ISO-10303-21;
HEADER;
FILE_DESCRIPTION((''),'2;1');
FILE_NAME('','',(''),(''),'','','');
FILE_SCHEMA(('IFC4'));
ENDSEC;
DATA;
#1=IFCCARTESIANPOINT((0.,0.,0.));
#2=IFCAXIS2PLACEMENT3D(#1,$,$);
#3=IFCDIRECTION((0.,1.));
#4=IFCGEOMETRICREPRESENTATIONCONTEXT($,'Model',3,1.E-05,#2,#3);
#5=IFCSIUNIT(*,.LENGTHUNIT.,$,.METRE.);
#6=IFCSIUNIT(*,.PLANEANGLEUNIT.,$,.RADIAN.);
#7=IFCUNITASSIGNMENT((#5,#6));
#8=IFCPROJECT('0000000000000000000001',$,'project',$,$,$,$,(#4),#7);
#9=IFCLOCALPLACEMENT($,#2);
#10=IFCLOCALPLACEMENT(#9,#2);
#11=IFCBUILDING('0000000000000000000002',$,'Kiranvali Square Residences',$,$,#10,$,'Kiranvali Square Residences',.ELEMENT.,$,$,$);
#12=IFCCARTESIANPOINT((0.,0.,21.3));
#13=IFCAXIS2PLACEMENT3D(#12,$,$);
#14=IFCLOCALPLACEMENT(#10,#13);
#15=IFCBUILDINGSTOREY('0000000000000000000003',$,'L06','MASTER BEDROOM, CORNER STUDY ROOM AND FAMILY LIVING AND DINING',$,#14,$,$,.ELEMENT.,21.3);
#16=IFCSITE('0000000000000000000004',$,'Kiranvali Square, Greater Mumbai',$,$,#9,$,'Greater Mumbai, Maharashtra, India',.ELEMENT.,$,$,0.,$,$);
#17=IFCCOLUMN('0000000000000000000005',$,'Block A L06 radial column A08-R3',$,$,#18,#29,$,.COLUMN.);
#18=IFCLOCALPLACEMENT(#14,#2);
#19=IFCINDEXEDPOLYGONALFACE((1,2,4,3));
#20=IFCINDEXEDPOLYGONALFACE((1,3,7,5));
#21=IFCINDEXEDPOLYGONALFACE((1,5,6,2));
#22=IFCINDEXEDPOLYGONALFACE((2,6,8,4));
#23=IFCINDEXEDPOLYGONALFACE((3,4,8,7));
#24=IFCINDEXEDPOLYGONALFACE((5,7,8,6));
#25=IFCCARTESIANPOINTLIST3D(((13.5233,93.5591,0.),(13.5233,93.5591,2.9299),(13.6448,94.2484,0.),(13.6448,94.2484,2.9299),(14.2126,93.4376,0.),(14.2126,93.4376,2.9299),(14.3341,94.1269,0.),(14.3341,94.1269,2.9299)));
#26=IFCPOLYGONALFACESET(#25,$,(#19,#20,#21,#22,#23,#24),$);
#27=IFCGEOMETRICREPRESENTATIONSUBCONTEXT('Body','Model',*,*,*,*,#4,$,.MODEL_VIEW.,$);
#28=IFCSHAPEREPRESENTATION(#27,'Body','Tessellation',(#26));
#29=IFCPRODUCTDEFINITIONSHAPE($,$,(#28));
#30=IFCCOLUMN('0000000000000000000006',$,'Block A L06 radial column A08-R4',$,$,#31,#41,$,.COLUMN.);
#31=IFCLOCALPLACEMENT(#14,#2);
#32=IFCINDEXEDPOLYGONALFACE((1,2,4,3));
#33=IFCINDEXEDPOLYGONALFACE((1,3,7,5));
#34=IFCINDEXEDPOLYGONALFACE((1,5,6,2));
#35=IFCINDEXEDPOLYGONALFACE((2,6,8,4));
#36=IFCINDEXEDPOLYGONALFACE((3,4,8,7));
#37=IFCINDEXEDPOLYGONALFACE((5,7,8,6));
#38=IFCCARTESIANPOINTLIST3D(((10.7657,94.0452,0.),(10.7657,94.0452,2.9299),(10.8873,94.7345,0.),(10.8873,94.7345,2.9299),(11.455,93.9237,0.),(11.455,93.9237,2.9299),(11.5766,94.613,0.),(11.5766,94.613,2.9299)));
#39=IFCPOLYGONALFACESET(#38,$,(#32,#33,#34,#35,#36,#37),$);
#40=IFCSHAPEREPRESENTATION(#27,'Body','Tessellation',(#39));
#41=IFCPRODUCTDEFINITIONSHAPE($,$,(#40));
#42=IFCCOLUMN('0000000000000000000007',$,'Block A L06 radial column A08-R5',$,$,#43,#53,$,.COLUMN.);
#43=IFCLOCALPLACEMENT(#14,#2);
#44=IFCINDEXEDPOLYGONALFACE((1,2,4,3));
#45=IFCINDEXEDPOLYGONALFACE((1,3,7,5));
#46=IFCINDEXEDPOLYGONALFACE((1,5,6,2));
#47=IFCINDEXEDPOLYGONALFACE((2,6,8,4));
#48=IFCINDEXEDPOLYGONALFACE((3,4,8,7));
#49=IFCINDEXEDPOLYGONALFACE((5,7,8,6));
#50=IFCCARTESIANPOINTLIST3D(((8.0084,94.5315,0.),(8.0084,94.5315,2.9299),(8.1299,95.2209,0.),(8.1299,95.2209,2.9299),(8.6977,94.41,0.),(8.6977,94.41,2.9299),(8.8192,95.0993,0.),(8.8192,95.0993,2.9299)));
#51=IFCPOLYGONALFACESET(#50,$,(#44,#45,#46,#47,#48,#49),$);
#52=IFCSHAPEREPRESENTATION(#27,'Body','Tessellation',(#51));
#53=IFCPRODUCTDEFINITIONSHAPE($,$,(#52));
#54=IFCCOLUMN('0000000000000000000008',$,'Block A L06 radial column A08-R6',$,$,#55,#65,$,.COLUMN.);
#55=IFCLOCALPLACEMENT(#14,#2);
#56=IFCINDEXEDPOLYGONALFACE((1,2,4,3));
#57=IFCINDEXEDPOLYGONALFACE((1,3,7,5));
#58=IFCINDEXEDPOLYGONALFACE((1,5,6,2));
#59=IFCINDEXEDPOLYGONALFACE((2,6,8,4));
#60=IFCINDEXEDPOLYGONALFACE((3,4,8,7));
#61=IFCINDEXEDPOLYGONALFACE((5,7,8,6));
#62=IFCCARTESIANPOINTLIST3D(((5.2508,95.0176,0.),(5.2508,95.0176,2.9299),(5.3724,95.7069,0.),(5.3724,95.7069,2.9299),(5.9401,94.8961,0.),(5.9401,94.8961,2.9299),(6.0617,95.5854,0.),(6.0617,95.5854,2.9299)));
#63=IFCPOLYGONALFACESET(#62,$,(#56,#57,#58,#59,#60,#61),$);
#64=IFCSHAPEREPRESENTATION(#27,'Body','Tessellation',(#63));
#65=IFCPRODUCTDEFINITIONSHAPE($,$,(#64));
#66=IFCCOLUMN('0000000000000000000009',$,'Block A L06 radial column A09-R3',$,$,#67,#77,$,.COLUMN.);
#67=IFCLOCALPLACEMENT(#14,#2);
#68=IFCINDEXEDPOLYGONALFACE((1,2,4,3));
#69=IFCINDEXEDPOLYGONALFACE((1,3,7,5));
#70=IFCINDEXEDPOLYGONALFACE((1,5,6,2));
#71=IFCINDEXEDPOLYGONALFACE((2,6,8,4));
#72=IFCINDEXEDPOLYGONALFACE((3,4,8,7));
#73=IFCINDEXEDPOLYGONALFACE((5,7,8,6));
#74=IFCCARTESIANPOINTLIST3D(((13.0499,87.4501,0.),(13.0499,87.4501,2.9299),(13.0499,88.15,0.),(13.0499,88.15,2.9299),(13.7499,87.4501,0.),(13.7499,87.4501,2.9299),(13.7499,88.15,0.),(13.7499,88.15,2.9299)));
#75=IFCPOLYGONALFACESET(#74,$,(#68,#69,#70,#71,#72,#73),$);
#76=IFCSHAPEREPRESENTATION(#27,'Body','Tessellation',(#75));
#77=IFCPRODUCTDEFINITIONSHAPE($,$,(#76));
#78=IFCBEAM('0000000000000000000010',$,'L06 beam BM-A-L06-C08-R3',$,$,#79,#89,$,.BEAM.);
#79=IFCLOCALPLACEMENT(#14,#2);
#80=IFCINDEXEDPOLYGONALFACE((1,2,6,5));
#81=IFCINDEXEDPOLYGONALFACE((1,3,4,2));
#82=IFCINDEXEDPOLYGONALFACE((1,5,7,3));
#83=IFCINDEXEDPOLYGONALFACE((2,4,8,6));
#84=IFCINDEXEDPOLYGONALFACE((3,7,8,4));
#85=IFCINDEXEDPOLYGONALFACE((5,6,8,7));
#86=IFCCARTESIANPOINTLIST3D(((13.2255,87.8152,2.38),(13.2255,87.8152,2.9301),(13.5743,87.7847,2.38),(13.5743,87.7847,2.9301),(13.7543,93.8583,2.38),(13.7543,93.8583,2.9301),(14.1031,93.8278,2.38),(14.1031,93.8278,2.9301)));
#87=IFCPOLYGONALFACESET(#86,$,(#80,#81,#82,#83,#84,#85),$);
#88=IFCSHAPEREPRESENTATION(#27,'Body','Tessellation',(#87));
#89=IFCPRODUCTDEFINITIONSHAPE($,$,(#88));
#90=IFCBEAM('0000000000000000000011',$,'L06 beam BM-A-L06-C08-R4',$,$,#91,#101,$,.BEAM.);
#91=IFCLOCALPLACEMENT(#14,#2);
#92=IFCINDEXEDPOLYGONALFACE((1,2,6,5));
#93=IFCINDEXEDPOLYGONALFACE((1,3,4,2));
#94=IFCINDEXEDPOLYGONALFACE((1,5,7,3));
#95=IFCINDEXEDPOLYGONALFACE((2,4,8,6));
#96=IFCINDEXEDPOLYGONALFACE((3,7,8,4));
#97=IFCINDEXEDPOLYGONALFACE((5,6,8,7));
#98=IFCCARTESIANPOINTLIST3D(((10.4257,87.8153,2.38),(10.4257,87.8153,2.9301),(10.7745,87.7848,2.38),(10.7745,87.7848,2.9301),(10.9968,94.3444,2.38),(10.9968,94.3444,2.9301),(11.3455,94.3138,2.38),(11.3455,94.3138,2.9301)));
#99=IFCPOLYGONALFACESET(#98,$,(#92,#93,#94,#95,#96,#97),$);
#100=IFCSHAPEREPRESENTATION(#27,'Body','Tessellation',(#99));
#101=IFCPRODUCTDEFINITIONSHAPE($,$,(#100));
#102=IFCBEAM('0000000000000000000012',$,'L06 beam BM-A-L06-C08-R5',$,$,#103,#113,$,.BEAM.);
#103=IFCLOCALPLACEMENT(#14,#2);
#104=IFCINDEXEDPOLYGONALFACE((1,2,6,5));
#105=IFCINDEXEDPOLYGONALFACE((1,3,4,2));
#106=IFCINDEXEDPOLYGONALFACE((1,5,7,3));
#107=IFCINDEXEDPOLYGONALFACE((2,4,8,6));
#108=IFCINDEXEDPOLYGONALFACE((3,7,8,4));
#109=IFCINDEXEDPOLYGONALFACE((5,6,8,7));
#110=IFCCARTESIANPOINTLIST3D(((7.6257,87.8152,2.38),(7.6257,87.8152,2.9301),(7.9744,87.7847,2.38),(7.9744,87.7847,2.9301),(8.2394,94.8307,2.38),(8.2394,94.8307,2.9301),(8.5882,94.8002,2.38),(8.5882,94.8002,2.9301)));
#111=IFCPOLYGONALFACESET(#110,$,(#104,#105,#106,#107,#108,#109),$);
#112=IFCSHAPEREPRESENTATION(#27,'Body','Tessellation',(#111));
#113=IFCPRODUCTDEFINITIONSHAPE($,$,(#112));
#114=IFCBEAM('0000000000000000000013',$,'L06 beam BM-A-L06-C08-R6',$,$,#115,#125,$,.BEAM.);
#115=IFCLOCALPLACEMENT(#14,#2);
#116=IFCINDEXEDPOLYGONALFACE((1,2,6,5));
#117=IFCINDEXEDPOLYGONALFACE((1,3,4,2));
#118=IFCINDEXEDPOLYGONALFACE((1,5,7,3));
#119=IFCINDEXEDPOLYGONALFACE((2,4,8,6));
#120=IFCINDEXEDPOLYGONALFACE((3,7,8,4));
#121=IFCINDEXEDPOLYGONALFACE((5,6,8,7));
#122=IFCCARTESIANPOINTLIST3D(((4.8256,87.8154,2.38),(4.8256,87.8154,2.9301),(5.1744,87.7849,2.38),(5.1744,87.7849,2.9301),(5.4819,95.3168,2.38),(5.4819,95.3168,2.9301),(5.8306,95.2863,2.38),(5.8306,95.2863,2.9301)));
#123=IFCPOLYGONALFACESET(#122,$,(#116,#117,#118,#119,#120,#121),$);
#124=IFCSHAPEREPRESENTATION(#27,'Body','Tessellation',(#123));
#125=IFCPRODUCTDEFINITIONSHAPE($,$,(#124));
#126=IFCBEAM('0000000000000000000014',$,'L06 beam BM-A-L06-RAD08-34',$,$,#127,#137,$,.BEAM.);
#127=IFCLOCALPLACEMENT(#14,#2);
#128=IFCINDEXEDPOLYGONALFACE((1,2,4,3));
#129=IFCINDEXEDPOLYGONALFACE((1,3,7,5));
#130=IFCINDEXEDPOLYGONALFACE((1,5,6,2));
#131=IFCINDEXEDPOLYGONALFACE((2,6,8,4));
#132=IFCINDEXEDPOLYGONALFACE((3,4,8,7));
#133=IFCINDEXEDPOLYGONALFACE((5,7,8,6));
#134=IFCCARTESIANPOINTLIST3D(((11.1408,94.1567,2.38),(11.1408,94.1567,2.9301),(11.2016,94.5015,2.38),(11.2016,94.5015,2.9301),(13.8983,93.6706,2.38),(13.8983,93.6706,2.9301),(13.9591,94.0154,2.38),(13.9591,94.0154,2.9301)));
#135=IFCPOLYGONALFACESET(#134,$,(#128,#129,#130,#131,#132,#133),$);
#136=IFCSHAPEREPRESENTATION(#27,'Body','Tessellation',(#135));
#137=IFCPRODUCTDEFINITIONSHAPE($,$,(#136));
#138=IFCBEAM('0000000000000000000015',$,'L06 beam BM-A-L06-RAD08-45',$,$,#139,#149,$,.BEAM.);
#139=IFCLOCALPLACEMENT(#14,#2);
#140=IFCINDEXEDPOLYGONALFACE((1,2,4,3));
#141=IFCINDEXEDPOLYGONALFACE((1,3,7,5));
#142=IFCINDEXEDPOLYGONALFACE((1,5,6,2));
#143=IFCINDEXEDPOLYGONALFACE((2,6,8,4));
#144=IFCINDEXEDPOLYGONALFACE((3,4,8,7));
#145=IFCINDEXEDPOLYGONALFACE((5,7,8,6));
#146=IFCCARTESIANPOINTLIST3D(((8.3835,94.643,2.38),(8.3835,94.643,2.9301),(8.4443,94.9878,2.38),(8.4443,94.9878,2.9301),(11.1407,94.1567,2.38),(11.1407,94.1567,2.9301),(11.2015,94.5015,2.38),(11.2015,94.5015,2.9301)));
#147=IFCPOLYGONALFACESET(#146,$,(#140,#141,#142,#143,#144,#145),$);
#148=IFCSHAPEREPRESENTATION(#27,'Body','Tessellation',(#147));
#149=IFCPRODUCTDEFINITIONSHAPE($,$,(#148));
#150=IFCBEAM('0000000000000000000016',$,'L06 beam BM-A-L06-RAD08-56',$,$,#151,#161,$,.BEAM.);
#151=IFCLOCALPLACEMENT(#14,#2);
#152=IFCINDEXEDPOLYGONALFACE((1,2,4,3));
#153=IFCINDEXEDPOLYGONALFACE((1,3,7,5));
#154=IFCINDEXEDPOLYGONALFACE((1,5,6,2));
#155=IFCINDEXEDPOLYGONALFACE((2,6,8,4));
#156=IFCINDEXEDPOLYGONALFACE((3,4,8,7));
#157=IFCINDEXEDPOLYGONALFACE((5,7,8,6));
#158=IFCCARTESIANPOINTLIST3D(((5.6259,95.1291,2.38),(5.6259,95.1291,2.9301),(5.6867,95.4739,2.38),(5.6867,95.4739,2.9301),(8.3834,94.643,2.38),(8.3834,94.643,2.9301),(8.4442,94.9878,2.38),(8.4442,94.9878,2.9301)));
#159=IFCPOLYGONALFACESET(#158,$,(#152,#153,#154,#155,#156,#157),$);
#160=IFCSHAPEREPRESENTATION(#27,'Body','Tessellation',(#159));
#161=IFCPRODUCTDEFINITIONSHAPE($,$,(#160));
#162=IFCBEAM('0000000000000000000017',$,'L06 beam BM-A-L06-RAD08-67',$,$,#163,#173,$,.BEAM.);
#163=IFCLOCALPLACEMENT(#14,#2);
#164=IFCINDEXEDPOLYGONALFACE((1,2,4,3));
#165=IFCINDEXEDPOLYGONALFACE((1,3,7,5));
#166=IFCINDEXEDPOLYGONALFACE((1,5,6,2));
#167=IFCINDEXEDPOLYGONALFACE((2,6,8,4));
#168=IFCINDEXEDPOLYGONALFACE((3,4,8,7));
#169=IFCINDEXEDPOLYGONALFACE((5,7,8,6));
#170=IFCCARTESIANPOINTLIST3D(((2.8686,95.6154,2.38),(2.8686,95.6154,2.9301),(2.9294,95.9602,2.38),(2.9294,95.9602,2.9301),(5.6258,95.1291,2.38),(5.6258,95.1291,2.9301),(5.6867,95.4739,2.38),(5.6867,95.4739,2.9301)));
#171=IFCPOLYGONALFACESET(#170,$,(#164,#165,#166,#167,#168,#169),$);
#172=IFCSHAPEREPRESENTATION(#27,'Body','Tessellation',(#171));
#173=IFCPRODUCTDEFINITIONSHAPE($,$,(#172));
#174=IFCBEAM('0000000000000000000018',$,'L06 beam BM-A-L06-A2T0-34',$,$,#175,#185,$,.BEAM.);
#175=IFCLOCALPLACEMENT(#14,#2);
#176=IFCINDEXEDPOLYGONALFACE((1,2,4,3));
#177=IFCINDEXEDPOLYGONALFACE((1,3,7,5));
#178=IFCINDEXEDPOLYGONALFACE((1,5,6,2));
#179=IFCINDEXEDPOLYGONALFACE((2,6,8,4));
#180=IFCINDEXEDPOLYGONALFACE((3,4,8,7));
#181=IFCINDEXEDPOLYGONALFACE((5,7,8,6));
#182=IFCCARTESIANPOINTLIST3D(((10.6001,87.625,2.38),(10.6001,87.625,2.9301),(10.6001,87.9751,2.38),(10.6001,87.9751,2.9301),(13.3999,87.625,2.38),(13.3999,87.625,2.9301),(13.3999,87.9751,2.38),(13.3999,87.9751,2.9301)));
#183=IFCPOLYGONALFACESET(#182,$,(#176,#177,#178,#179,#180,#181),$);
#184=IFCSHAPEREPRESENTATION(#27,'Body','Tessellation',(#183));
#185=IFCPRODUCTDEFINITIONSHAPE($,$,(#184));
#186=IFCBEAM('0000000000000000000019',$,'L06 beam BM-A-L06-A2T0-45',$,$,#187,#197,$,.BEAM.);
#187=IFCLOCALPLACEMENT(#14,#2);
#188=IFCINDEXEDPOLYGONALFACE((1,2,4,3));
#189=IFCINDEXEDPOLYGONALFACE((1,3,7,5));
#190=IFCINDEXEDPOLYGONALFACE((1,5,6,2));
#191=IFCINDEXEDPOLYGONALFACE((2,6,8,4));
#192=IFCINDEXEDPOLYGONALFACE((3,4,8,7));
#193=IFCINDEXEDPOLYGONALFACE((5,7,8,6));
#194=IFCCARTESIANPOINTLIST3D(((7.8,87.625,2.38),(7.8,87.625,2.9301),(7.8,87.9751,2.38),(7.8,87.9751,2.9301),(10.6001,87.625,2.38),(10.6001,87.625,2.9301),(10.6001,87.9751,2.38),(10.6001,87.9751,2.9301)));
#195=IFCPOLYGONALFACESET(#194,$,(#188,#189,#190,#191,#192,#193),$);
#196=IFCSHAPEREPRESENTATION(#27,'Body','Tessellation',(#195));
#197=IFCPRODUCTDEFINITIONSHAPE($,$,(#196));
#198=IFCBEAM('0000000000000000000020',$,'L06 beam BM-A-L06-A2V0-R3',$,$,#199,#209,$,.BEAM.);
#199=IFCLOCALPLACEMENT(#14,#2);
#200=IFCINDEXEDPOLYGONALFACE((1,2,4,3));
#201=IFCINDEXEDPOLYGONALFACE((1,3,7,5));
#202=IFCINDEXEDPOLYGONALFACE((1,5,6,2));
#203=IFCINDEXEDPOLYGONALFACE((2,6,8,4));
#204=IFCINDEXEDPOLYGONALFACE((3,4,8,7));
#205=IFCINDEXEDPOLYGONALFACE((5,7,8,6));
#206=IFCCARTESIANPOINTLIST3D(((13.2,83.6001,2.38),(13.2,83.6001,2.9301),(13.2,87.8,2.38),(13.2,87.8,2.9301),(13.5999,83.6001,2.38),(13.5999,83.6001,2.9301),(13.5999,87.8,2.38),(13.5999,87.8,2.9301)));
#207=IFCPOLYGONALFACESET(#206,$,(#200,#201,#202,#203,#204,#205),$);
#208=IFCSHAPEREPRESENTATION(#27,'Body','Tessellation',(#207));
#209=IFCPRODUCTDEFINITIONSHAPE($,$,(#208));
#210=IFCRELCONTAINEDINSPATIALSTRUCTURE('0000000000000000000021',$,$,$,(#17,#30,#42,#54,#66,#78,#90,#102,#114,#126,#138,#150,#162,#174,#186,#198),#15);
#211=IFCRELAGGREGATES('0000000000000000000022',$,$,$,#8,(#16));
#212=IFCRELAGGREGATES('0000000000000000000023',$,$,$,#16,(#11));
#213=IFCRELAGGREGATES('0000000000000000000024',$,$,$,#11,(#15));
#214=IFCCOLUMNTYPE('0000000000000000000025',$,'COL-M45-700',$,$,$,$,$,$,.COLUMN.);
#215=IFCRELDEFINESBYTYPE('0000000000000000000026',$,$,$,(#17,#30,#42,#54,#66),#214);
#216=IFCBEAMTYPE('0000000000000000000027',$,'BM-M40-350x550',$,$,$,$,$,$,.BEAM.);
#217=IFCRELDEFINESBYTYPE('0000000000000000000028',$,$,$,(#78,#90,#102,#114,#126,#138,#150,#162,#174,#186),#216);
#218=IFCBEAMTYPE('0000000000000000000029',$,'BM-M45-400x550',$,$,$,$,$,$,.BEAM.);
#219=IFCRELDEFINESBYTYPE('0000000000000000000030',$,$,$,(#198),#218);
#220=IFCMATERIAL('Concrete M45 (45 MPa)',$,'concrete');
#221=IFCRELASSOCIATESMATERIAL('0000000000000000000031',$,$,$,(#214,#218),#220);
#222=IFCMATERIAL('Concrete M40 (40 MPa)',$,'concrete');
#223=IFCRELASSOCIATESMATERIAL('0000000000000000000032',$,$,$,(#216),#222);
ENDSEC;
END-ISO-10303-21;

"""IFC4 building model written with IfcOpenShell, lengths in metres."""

from ifc_helpers import new_model, si_unit, direction, frame, origin, origin_2d, place, context, subcontext, project, spatial, rectangle, extrude, material, material_profile, profile_set, type_object, element, save


model = new_model("IFC4")

# Units and contexts
model_context = context("Model", 3, precision=1e-05, world=origin(), true_north=direction((0.0, 1.0)))
body_context = subcontext(model_context, "Body", "Model", "MODEL_VIEW")
ifc_project = project(units=[si_unit("LENGTHUNIT", "METRE"), si_unit("PLANEANGLEUNIT", "RADIAN")], contexts=[model_context])

# Site, building, storey
site_placement = place(None, origin())
site = spatial("IfcSite", under=ifc_project, at=site_placement, Name="Kiranvali Square, Greater Mumbai", LongName="Greater Mumbai, Maharashtra, India", CompositionType="ELEMENT", RefElevation=0.0)
building_placement = place(site_placement, origin())
building = spatial("IfcBuilding", under=site, at=building_placement, Name="Kiranvali Square Residences", LongName="Kiranvali Square Residences", CompositionType="ELEMENT")
storey_placement = place(building_placement, frame((0.0, 0.0, 21.3)))
storey = spatial("IfcBuildingStorey", under=building, at=storey_placement, Name="L06", Description="MASTER BEDROOM, CORNER STUDY ROOM AND FAMILY LIVING AND DINING", CompositionType="ELEMENT", Elevation=21.3)

# Columns
ifc_material_1 = material(Name="Concrete M45 (45 MPa)", Category="concrete")
ifc_material_profile_1 = material_profile(ifc_material_1, rectangle(XDim=0.7, YDim=0.7, at=origin_2d()), Name="RC 700x700")
ifc_profile_set_1 = profile_set([ifc_material_profile_1], Name="Concrete M45 (45 MPa)")
column_type = type_object("IfcColumnType", Name="COL-M45-700", PredefinedType="COLUMN", material=ifc_profile_set_1)
for number, where, z_axis, x_axis, name in (
    (1, (13.9287, 93.843, 0.0), (0.0, 0.0, 1.0), (0.173648, 0.984808, 0.0), "Block A L06 radial column A08-R3"),
    (2, (11.1711, 94.3291, 0.0), (0.0, 0.0, 1.0), (0.173648, 0.984808, 0.0), "Block A L06 radial column A08-R4"),
    (3, (8.4138, 94.8154, 0.0), (0.0, 0.0, 1.0), (0.173648, 0.984808, 0.0), "Block A L06 radial column A08-R5"),
    (4, (5.6562, 95.3015, 0.0), (0.0, 0.0, 1.0), (0.173648, 0.984808, 0.0), "Block A L06 radial column A08-R6"),
    (5, (13.3999, 87.8, 0.0), (0.0, 0.0, 1.0), (0.0, 1.0, 0.0), "Block A L06 radial column A09-R3"),
):
    element("IfcColumn", number, at=place(storey_placement, frame(where, z_axis=z_axis, x_axis=x_axis)), inside=storey, type_object=column_type, Name=name, PredefinedType="COLUMN", context=body_context, shape_type="SweptSolid", body=[
        extrude(rectangle(XDim=0.7, YDim=0.7, at=origin_2d()), origin(), (0.0, 0.0, 1.0), 2.9299),
    ])

# Beams
ifc_material_2 = material(Name="Concrete M40 (40 MPa)", Category="concrete")
ifc_material_profile_2 = material_profile(ifc_material_2, rectangle(XDim=0.3501, YDim=0.55, at=origin_2d()), Name="RC 350x550")
ifc_profile_set_2 = profile_set([ifc_material_profile_2], Name="Concrete M40 (40 MPa)")
beam_type_1 = type_object("IfcBeamType", Name="BM-M40-350x550", PredefinedType="BEAM", material=ifc_profile_set_2)
beam_1_placement = place(storey_placement, frame((13.9287, 93.843, 2.655), z_axis=(-0.087175, -0.996193, 0.0), x_axis=(0.996193, -0.087175, 0.0)))
element("IfcBeam", 6, at=beam_1_placement, inside=storey, type_object=beam_type_1, Name="L06 beam BM-A-L06-C08-R3", PredefinedType="BEAM", context=body_context, shape_type="SweptSolid", body=[
    extrude(rectangle(XDim=0.3501, YDim=0.55, at=origin_2d()), origin(), (0.0, 0.0, 1.0), 6.0662),
])
beam_2_placement = place(storey_placement, frame((11.1711, 94.3291, 2.655), z_axis=(-0.08713, -0.996197, 0.0), x_axis=(0.996197, -0.08713, 0.0)))
element("IfcBeam", 7, at=beam_2_placement, inside=storey, type_object=beam_type_1, Name="L06 beam BM-A-L06-C08-R4", PredefinedType="BEAM", context=body_context, shape_type="SweptSolid", body=[
    extrude(rectangle(XDim=0.3501, YDim=0.55, at=origin_2d()), origin(), (0.0, 0.0, 1.0), 6.554),
])
beam_3_placement = place(storey_placement, frame((8.4138, 94.8154, 2.655), z_axis=(-0.087156, -0.996195, 0.0), x_axis=(0.996195, -0.087156, 0.0)))
element("IfcBeam", 8, at=beam_3_placement, inside=storey, type_object=beam_type_1, Name="L06 beam BM-A-L06-C08-R5", PredefinedType="BEAM", context=body_context, shape_type="SweptSolid", body=[
    extrude(rectangle(XDim=0.3501, YDim=0.55, at=origin_2d()), origin(), (0.0, 0.0, 1.0), 7.0422),
])
beam_4_placement = place(storey_placement, frame((5.6562, 95.3015, 2.655), z_axis=(-0.08715, -0.996195, 0.0), x_axis=(0.996195, -0.08715, 0.0)))
element("IfcBeam", 9, at=beam_4_placement, inside=storey, type_object=beam_type_1, Name="L06 beam BM-A-L06-C08-R6", PredefinedType="BEAM", context=body_context, shape_type="SweptSolid", body=[
    extrude(rectangle(XDim=0.3501, YDim=0.55, at=origin_2d()), origin(), (0.0, 0.0, 1.0), 7.53),
])
beam_5_placement = place(storey_placement, frame((13.9287, 93.843, 2.655), z_axis=(-0.984817, 0.173596, 0.0), x_axis=(-0.173596, -0.984817, 0.0)))
element("IfcBeam", 10, at=beam_5_placement, inside=storey, type_object=beam_type_1, Name="L06 beam BM-A-L06-RAD08-34", PredefinedType="BEAM", context=body_context, shape_type="SweptSolid", body=[
    extrude(rectangle(XDim=0.3501, YDim=0.55, at=origin_2d()), origin(), (0.0, 0.0, 1.0), 2.8),
])
beam_6_placement = place(storey_placement, frame((11.1711, 94.3291, 2.655), z_axis=(-0.984799, 0.173696, 0.0), x_axis=(-0.173696, -0.984799, 0.0)))
element("IfcBeam", 11, at=beam_6_placement, inside=storey, type_object=beam_type_1, Name="L06 beam BM-A-L06-RAD08-45", PredefinedType="BEAM", context=body_context, shape_type="SweptSolid", body=[
    extrude(rectangle(XDim=0.3501, YDim=0.55, at=origin_2d()), origin(), (0.0, 0.0, 1.0), 2.7998),
])
beam_7_placement = place(storey_placement, frame((8.4138, 94.8154, 2.655), z_axis=(-0.984817, 0.173596, 0.0), x_axis=(-0.173596, -0.984817, 0.0)))
element("IfcBeam", 12, at=beam_7_placement, inside=storey, type_object=beam_type_1, Name="L06 beam BM-A-L06-RAD08-56", PredefinedType="BEAM", context=body_context, shape_type="SweptSolid", body=[
    extrude(rectangle(XDim=0.3501, YDim=0.55, at=origin_2d()), origin(), (0.0, 0.0, 1.0), 2.8),
])
for number, where, z_axis, x_axis, name in (
    (13, (5.6562, 95.3015, 2.655), (-0.984799, 0.173696, 0.0), (-0.173696, -0.984799, 0.0), "L06 beam BM-A-L06-RAD08-67"),
    (14, (13.3999, 87.8, 2.655), (-1.0, 0.0, 0.0), (0.0, -1.0, 0.0), "L06 beam BM-A-L06-A2T0-34"),
):
    element("IfcBeam", number, at=place(storey_placement, frame(where, z_axis=z_axis, x_axis=x_axis)), inside=storey, type_object=beam_type_1, Name=name, PredefinedType="BEAM", context=body_context, shape_type="SweptSolid", body=[
        extrude(rectangle(XDim=0.3501, YDim=0.55, at=origin_2d()), origin(), (0.0, 0.0, 1.0), 2.7998),
    ])
beam_8_placement = place(storey_placement, frame((10.6001, 87.8, 2.655), z_axis=(-1.0, 0.0, 0.0), x_axis=(0.0, -1.0, 0.0)))
element("IfcBeam", 15, at=beam_8_placement, inside=storey, type_object=beam_type_1, Name="L06 beam BM-A-L06-A2T0-45", PredefinedType="BEAM", context=body_context, shape_type="SweptSolid", body=[
    extrude(rectangle(XDim=0.3501, YDim=0.55, at=origin_2d()), origin(), (0.0, 0.0, 1.0), 2.8),
])
ifc_material_profile_3 = material_profile(ifc_material_1, rectangle(XDim=0.3999, YDim=0.55, at=origin_2d()), Name="RC 400x550")
ifc_profile_set_3 = profile_set([ifc_material_profile_3], Name="Concrete M45 (45 MPa)")
beam_type_2 = type_object("IfcBeamType", Name="BM-M45-400x550", PredefinedType="BEAM", material=ifc_profile_set_3)
for number, where, z_axis, x_axis, name in (
    (16, (13.3999, 87.8, 2.655), (0.0, -1.0, 0.0), (1.0, 0.0, 0.0), "L06 beam BM-A-L06-A2V0-R3"),
):
    element("IfcBeam", number, at=place(storey_placement, frame(where, z_axis=z_axis, x_axis=x_axis)), inside=storey, type_object=beam_type_2, Name=name, PredefinedType="BEAM", context=body_context, shape_type="SweptSolid", body=[
        extrude(rectangle(XDim=0.3999, YDim=0.55, at=origin_2d()), origin(), (0.0, 0.0, 1.0), 4.2),
    ])

save(model, "model.ifc")
